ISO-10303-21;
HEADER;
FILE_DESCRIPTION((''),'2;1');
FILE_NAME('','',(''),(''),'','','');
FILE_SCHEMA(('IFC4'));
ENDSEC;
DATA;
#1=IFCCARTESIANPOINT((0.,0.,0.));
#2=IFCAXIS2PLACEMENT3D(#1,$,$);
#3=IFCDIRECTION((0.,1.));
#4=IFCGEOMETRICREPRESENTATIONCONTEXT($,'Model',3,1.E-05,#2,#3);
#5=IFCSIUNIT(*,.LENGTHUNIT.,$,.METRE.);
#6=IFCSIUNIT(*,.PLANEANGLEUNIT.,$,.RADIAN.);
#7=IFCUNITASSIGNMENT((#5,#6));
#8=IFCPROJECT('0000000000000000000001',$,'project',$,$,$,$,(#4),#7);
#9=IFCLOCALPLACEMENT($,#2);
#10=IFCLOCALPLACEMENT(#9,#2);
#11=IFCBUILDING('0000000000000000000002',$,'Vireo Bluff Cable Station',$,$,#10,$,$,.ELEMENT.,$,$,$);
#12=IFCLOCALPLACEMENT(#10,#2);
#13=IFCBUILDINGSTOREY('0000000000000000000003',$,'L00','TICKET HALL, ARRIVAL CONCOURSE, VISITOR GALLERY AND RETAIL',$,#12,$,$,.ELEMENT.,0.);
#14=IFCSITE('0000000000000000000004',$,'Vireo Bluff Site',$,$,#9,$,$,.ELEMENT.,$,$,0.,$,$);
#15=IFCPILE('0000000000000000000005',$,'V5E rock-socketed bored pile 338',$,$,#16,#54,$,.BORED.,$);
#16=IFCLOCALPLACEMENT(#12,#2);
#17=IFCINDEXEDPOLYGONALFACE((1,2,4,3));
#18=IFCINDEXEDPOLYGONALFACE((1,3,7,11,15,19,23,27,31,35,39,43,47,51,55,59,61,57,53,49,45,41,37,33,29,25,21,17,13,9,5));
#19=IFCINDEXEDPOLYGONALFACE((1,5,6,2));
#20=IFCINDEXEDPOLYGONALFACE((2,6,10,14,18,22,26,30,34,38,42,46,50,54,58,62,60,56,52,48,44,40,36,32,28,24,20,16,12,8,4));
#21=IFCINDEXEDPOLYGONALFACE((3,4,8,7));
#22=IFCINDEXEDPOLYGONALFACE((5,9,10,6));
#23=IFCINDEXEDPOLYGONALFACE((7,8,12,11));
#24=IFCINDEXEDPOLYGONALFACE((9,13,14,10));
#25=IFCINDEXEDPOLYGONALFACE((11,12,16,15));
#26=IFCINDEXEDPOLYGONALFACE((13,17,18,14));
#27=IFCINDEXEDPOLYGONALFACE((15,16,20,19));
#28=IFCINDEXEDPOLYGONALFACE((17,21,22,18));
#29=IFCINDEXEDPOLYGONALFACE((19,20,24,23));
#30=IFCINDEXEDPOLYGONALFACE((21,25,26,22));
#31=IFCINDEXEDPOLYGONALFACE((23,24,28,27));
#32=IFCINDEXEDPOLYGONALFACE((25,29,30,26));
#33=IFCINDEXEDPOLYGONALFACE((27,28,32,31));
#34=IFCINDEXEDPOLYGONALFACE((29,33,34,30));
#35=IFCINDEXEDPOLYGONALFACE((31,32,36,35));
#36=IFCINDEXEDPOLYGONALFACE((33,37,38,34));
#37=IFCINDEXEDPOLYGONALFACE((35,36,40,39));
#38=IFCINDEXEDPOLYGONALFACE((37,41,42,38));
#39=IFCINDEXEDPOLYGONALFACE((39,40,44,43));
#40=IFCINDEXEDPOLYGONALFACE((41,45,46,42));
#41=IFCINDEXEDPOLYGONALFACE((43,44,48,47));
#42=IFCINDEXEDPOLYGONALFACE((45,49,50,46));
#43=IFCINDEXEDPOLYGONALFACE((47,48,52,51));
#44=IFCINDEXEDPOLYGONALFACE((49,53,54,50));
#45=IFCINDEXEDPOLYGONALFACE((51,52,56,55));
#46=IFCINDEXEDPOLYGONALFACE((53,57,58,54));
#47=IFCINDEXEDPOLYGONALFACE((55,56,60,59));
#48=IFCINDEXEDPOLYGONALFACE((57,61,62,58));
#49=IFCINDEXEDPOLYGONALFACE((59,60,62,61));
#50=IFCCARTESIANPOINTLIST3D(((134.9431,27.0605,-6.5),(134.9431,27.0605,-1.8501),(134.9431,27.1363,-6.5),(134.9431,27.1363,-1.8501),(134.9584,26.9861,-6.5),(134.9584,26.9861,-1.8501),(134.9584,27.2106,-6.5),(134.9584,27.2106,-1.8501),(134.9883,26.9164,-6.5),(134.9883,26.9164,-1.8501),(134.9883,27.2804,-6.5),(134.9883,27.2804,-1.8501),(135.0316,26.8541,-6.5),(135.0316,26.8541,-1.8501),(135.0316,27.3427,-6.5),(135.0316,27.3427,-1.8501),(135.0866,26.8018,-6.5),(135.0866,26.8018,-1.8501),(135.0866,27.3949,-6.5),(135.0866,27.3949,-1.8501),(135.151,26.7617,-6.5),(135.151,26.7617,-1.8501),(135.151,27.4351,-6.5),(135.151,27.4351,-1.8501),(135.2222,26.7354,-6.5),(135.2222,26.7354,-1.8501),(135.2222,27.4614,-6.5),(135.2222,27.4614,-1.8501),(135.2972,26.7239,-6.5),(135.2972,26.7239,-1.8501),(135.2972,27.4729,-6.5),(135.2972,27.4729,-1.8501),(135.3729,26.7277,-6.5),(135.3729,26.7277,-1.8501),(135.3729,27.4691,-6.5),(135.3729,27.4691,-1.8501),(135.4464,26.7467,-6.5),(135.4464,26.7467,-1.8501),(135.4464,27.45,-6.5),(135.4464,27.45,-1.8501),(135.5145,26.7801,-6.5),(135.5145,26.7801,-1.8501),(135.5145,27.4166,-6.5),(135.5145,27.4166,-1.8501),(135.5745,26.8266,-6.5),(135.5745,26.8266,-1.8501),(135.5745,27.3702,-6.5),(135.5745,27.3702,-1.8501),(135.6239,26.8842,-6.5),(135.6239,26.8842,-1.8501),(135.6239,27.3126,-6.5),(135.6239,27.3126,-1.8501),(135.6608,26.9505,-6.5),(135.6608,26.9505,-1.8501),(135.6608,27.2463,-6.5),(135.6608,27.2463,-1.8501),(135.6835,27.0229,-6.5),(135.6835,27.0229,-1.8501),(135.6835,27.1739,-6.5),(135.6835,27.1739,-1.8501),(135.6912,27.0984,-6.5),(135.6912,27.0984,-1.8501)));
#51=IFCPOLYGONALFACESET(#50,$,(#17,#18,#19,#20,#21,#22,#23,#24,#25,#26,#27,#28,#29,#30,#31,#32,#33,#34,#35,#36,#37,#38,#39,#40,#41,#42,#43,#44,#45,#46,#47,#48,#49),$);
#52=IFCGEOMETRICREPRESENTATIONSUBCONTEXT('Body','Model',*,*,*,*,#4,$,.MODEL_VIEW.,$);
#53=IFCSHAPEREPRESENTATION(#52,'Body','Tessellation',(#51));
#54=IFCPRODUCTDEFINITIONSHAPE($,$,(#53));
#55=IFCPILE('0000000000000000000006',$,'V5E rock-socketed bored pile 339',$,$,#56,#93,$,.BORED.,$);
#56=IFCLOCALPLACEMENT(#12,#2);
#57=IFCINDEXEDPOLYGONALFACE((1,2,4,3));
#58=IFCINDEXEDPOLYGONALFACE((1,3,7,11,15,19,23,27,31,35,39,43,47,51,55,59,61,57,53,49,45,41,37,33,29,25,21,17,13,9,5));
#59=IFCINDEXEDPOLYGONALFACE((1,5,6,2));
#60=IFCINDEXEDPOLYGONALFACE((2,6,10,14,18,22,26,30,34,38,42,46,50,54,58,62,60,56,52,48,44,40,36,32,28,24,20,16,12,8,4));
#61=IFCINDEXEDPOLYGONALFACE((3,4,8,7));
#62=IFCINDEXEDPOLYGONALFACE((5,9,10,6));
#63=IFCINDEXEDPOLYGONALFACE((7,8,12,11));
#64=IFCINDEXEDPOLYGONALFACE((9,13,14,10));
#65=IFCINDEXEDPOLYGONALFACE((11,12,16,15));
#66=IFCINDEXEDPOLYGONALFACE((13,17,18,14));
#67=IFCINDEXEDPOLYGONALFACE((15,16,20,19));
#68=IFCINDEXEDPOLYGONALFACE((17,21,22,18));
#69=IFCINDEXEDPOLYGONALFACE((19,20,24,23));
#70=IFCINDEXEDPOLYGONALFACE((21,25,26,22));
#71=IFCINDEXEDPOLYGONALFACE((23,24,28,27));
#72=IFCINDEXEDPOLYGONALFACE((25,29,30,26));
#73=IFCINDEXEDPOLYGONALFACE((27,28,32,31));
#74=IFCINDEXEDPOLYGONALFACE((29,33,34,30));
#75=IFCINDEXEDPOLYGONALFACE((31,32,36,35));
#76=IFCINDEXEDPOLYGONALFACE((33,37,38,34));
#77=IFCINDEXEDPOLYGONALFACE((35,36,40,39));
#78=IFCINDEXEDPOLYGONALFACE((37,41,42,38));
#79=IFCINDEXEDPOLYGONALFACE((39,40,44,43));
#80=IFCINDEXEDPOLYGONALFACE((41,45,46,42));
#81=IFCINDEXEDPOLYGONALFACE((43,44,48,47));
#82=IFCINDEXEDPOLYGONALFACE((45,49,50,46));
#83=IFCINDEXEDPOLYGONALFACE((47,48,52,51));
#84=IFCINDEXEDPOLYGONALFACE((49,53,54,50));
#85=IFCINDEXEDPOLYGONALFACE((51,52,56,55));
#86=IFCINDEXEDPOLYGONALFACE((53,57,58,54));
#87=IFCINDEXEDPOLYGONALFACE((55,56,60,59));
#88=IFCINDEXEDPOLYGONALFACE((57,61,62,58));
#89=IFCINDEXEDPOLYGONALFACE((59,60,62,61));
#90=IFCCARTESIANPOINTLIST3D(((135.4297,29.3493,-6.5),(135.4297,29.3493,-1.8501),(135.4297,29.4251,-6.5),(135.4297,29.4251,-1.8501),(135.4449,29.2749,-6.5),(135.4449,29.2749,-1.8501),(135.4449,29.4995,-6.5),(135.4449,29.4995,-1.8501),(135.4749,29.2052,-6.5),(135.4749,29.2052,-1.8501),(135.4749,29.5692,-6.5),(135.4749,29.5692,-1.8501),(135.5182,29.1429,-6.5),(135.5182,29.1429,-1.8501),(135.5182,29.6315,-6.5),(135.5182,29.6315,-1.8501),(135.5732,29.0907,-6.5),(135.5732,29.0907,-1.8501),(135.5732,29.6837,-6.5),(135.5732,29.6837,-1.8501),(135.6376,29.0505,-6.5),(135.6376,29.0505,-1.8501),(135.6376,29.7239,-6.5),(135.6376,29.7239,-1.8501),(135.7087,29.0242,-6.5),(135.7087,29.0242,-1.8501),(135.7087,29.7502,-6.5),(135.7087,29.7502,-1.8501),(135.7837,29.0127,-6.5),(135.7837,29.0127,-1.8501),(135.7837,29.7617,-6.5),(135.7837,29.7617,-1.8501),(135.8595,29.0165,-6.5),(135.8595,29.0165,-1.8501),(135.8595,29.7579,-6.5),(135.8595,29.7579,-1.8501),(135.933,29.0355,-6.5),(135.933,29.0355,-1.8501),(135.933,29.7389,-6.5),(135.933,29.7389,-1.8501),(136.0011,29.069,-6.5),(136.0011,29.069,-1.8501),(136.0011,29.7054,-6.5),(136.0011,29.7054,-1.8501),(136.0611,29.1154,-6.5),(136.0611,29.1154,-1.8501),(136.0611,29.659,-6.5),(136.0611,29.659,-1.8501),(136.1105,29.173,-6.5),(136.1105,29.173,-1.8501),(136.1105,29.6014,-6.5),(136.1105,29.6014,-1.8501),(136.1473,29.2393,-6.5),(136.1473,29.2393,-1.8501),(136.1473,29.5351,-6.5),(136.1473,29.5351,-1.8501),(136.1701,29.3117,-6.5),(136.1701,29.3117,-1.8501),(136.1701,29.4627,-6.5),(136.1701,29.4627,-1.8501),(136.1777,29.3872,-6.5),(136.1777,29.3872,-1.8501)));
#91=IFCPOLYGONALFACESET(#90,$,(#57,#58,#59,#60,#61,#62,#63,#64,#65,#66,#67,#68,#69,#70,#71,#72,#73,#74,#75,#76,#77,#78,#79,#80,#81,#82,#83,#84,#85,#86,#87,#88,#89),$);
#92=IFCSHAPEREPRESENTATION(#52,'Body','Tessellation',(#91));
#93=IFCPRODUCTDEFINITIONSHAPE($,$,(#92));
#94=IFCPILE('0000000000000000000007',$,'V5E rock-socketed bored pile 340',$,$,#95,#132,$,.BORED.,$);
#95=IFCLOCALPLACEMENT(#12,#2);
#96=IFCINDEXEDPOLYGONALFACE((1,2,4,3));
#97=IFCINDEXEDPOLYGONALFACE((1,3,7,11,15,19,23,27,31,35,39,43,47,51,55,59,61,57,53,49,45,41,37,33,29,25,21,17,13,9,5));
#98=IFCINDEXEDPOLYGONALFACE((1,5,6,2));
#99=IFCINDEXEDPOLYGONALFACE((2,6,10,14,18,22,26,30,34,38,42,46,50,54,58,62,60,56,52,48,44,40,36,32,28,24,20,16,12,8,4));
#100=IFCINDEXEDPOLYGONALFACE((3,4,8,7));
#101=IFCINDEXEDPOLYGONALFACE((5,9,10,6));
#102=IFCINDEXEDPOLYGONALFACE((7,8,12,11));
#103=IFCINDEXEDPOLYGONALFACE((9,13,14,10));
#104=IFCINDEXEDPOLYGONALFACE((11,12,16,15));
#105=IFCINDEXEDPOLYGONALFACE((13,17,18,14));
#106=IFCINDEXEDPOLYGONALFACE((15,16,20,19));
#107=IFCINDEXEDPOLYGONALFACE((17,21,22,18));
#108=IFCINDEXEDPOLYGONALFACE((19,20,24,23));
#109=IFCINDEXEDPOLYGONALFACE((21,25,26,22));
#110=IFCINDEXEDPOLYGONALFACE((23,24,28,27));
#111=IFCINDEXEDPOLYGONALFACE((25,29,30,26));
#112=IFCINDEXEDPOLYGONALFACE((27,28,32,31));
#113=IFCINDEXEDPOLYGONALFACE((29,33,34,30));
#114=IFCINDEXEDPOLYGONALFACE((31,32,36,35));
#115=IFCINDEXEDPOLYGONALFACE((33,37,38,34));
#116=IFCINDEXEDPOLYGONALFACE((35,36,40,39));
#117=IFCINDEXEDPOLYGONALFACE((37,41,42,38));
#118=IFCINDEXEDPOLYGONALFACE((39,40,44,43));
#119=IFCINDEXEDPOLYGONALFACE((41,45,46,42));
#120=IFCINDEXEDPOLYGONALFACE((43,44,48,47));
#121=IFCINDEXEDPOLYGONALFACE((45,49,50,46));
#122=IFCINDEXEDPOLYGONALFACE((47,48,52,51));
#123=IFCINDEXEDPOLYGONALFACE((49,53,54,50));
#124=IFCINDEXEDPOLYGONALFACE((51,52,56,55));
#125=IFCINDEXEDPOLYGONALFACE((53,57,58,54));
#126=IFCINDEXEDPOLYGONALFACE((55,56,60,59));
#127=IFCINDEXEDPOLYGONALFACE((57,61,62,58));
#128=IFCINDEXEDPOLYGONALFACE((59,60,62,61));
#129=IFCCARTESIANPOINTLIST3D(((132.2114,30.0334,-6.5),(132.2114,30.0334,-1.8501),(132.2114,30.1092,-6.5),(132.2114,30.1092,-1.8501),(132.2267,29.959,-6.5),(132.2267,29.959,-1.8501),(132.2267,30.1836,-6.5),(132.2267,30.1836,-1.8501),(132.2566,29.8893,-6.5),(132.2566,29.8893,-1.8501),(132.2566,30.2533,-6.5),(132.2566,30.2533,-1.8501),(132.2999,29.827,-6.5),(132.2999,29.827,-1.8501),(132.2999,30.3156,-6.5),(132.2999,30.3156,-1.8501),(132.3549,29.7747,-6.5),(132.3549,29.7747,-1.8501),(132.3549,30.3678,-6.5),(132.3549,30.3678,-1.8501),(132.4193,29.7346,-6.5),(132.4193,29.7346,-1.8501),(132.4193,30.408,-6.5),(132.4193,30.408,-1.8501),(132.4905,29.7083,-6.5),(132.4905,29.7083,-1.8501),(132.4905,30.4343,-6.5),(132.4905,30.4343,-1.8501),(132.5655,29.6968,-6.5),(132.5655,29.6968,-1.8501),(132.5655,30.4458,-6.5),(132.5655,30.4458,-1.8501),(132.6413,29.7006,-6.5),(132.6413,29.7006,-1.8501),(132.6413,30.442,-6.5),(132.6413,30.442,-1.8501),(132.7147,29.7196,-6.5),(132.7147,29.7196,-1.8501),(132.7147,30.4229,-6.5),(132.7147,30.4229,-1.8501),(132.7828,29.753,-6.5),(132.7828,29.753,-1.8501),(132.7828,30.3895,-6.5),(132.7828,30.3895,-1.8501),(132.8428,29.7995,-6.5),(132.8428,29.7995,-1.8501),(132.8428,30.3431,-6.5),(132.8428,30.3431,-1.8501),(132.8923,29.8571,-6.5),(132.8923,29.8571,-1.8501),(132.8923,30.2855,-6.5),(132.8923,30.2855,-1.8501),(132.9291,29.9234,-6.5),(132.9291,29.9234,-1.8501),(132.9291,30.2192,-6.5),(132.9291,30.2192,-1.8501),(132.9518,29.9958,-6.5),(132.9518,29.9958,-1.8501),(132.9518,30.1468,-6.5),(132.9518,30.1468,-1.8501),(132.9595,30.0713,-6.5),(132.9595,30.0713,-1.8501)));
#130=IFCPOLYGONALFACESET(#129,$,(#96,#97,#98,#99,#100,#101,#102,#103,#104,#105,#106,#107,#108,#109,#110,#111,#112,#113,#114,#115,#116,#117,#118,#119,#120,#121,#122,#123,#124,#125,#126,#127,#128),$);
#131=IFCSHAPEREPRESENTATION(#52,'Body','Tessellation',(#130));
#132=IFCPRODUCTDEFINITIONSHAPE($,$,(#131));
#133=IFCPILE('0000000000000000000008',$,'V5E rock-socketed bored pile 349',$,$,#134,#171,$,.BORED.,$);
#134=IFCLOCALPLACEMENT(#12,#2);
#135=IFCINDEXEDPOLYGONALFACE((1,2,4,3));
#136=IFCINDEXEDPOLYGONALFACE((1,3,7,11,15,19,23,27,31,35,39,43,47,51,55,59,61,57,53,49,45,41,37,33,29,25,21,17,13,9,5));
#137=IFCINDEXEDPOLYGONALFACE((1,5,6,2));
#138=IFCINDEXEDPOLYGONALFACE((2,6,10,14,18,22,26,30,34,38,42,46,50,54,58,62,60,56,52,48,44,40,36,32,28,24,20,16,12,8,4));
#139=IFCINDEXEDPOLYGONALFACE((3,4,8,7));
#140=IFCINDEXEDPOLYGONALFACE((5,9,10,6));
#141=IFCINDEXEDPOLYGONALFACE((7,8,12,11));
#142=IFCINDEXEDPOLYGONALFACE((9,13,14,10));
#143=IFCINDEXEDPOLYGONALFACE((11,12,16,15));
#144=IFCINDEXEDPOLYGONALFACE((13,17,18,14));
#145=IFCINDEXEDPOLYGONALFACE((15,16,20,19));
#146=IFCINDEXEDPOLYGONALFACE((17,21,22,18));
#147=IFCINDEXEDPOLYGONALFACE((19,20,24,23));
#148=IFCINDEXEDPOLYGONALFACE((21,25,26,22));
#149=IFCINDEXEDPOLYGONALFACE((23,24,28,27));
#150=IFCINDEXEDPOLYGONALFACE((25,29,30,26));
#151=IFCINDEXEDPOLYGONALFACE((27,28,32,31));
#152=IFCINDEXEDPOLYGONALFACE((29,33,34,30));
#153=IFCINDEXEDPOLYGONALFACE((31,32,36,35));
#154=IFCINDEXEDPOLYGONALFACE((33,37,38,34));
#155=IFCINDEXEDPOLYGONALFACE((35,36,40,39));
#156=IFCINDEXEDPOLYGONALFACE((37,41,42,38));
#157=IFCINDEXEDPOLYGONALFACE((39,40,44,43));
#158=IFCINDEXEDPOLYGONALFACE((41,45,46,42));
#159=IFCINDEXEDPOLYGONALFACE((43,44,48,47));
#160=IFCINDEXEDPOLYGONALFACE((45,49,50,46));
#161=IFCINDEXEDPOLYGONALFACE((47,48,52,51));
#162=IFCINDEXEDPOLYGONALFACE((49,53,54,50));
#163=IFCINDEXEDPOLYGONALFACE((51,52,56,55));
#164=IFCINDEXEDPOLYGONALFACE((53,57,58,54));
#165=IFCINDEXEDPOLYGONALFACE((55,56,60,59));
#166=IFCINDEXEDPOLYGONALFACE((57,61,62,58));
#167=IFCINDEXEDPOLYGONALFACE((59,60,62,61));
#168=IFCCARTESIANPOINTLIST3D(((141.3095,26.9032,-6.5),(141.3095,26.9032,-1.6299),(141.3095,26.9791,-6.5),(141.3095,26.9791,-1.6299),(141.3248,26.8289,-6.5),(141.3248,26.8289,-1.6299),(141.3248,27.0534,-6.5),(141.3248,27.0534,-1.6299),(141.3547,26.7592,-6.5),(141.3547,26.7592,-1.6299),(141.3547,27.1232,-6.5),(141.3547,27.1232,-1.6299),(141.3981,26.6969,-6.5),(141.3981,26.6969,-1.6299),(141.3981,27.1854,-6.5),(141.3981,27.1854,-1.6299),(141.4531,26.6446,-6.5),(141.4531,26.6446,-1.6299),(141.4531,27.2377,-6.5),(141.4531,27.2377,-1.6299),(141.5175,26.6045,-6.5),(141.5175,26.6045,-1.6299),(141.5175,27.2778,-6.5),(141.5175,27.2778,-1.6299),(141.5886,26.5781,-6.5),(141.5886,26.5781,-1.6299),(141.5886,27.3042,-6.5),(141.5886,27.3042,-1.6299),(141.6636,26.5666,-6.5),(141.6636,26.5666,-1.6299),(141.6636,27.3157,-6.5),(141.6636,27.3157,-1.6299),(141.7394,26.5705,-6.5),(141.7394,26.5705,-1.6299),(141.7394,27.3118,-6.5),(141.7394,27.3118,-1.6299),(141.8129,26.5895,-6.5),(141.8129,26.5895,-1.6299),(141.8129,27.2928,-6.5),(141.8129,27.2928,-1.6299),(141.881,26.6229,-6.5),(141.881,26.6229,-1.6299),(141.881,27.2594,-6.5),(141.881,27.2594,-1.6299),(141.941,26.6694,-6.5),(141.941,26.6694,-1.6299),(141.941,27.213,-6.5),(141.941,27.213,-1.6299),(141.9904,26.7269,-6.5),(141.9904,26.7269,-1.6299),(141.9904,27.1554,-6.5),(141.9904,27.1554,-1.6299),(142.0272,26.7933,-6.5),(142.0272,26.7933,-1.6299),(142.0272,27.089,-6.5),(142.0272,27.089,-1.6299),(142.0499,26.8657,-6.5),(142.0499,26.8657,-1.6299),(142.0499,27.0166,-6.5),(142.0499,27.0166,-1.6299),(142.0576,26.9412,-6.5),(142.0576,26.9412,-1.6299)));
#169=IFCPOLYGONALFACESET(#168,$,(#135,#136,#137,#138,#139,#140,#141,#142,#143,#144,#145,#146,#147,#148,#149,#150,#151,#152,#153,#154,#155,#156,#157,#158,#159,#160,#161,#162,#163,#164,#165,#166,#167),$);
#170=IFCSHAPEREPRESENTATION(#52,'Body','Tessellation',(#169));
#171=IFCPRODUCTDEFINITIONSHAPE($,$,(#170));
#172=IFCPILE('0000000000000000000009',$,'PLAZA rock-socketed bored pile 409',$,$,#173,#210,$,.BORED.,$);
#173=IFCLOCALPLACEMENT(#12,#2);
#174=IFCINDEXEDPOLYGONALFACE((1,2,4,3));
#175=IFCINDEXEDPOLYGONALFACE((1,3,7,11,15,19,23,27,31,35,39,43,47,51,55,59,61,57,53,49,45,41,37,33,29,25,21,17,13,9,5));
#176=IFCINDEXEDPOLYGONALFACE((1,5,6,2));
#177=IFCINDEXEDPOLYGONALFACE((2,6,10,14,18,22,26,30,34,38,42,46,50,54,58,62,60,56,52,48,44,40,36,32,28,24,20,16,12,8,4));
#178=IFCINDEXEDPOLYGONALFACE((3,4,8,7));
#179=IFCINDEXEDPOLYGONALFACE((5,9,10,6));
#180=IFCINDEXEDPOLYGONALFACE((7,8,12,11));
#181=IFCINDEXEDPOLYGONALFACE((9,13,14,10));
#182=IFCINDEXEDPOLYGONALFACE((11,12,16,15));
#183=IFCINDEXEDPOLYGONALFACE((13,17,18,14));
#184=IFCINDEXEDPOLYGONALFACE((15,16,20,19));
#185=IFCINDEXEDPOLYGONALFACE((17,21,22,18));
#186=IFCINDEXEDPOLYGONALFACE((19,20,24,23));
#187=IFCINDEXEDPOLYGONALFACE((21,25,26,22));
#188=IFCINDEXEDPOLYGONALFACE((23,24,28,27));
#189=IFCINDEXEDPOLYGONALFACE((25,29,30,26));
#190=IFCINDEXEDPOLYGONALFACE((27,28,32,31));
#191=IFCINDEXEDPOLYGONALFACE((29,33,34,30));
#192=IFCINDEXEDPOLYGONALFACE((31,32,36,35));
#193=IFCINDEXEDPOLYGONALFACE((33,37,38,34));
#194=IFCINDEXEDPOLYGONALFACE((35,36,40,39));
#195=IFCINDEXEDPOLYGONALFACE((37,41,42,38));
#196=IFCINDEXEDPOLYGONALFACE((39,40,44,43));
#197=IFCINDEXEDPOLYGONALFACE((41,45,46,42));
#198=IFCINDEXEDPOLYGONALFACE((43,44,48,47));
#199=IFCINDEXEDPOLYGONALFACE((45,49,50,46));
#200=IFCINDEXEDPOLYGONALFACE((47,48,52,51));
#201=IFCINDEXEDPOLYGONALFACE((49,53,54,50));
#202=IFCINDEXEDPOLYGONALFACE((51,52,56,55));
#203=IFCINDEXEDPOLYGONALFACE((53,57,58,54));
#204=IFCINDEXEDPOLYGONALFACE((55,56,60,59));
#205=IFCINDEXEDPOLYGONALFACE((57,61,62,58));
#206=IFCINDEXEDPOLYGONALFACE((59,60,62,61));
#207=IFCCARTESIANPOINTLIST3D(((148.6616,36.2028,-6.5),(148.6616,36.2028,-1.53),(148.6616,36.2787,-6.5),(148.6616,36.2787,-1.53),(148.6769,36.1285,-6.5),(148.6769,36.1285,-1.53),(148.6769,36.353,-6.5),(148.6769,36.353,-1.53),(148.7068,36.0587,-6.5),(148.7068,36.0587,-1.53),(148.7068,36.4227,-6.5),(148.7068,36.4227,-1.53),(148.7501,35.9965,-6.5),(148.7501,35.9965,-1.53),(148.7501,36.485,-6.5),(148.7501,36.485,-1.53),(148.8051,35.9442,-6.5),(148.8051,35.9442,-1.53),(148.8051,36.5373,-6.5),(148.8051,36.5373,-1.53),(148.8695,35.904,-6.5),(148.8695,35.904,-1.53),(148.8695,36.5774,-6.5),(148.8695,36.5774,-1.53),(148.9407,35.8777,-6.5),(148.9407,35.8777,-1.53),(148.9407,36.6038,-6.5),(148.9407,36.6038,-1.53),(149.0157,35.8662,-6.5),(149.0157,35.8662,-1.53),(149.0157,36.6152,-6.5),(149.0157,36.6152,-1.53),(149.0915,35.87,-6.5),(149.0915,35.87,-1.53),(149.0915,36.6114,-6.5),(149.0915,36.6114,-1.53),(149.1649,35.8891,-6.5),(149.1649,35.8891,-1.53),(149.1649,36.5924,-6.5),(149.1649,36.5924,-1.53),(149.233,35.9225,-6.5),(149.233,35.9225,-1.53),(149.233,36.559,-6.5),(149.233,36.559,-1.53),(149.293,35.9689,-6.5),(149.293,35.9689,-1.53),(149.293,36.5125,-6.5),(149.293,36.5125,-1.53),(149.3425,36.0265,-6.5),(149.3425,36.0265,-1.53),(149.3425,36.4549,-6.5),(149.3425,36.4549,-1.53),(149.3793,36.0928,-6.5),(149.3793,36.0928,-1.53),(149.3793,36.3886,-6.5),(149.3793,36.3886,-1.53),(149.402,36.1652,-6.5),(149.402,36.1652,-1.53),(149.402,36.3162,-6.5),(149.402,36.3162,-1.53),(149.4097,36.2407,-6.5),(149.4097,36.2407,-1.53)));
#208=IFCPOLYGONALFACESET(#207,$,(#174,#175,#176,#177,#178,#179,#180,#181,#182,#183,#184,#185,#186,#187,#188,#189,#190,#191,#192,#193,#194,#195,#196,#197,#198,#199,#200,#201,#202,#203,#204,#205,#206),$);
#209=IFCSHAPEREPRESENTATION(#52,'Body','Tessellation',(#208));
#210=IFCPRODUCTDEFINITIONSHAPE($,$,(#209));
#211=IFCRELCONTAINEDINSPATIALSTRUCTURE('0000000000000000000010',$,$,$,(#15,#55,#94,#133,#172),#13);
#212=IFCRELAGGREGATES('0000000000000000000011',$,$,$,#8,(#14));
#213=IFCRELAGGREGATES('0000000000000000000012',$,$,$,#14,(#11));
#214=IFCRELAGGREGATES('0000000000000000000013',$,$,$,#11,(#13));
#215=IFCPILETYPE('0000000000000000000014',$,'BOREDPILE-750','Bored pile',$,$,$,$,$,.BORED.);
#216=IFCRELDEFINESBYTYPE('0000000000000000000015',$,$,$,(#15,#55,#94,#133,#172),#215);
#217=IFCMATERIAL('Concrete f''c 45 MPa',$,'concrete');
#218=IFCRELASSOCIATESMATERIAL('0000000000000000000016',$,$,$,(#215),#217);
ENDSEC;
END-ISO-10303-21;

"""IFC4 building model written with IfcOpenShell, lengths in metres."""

from ifc_helpers import new_model, si_unit, direction, frame, origin, origin_2d, place, context, subcontext, project, spatial, circle, extrude, material, material_profile, profile_set, type_object, element, save


model = new_model("IFC4")

# Units and contexts
model_context = context("Model", 3, precision=1e-05, world=origin(), true_north=direction((0.0, 1.0)))
body_context = subcontext(model_context, "Body", "Model", "MODEL_VIEW")
ifc_project = project(units=[si_unit("LENGTHUNIT", "METRE"), si_unit("PLANEANGLEUNIT", "RADIAN")], contexts=[model_context])

# Site, building, storey
site_placement = place(None, origin())
site = spatial("IfcSite", under=ifc_project, at=site_placement, Name="Vireo Bluff Site", CompositionType="ELEMENT", RefElevation=0.0)
building_placement = place(site_placement, origin())
building = spatial("IfcBuilding", under=site, at=building_placement, Name="Vireo Bluff Cable Station", CompositionType="ELEMENT")
storey_placement = place(building_placement, origin())
storey = spatial("IfcBuildingStorey", under=building, at=storey_placement, Name="L00", Description="TICKET HALL, ARRIVAL CONCOURSE, VISITOR GALLERY AND RETAIL", CompositionType="ELEMENT", Elevation=0.0)

# Piles
ifc_material_1 = material(Name="Concrete f'c 45 MPa", Category="concrete")
ifc_material_profile_1 = material_profile(ifc_material_1, circle(Radius=0.375, at=origin_2d()), Name="BOREDPILE-750")
ifc_profile_set_1 = profile_set([ifc_material_profile_1], Name="Concrete f'c 45 MPa")
pile_type = type_object("IfcPileType", Name="BOREDPILE-750", Description="Bored pile", PredefinedType="BORED", material=ifc_profile_set_1)
for number, where, z_axis, x_axis, name in (
    (1, (135.3162, 27.0984, -1.8501), (0.0, 0.0, -1.0), (1.0, 0.0, 0.0), "V5E rock-socketed bored pile 338"),
    (2, (135.8027, 29.3872, -1.8501), (0.0, 0.0, -1.0), (1.0, 0.0, 0.0), "V5E rock-socketed bored pile 339"),
    (3, (132.5845, 30.0713, -1.8501), (0.0, 0.0, -1.0), (1.0, 0.0, 0.0), "V5E rock-socketed bored pile 340"),
):
    element("IfcPile", number, at=place(storey_placement, frame(where, z_axis=z_axis, x_axis=x_axis)), inside=storey, type_object=pile_type, Name=name, PredefinedType="BORED", context=body_context, shape_type="SweptSolid", body=[
        extrude(circle(Radius=0.375, at=origin_2d()), origin(), (0.0, 0.0, 1.0), 4.6499),
    ])
pile_placement = place(storey_placement, frame((141.6826, 26.9412, -1.6299), z_axis=(0.0, 0.0, -1.0), x_axis=(1.0, 0.0, 0.0)))
element("IfcPile", 4, at=pile_placement, inside=storey, type_object=pile_type, Name="V5E rock-socketed bored pile 349", PredefinedType="BORED", context=body_context, shape_type="SweptSolid", body=[
    extrude(circle(Radius=0.375, at=origin_2d()), origin(), (0.0, 0.0, 1.0), 4.8701),
])
for number, where, z_axis, x_axis, name in (
    (5, (149.0347, 36.2407, -1.53), (0.0, 0.0, -1.0), (1.0, 0.0, 0.0), "PLAZA rock-socketed bored pile 409"),
):
    element("IfcPile", number, at=place(storey_placement, frame(where, z_axis=z_axis, x_axis=x_axis)), inside=storey, type_object=pile_type, Name=name, PredefinedType="BORED", context=body_context, shape_type="SweptSolid", body=[
        extrude(circle(Radius=0.375, at=origin_2d()), origin(), (0.0, 0.0, 1.0), 4.97),
    ])

save(model, "model.ifc")
